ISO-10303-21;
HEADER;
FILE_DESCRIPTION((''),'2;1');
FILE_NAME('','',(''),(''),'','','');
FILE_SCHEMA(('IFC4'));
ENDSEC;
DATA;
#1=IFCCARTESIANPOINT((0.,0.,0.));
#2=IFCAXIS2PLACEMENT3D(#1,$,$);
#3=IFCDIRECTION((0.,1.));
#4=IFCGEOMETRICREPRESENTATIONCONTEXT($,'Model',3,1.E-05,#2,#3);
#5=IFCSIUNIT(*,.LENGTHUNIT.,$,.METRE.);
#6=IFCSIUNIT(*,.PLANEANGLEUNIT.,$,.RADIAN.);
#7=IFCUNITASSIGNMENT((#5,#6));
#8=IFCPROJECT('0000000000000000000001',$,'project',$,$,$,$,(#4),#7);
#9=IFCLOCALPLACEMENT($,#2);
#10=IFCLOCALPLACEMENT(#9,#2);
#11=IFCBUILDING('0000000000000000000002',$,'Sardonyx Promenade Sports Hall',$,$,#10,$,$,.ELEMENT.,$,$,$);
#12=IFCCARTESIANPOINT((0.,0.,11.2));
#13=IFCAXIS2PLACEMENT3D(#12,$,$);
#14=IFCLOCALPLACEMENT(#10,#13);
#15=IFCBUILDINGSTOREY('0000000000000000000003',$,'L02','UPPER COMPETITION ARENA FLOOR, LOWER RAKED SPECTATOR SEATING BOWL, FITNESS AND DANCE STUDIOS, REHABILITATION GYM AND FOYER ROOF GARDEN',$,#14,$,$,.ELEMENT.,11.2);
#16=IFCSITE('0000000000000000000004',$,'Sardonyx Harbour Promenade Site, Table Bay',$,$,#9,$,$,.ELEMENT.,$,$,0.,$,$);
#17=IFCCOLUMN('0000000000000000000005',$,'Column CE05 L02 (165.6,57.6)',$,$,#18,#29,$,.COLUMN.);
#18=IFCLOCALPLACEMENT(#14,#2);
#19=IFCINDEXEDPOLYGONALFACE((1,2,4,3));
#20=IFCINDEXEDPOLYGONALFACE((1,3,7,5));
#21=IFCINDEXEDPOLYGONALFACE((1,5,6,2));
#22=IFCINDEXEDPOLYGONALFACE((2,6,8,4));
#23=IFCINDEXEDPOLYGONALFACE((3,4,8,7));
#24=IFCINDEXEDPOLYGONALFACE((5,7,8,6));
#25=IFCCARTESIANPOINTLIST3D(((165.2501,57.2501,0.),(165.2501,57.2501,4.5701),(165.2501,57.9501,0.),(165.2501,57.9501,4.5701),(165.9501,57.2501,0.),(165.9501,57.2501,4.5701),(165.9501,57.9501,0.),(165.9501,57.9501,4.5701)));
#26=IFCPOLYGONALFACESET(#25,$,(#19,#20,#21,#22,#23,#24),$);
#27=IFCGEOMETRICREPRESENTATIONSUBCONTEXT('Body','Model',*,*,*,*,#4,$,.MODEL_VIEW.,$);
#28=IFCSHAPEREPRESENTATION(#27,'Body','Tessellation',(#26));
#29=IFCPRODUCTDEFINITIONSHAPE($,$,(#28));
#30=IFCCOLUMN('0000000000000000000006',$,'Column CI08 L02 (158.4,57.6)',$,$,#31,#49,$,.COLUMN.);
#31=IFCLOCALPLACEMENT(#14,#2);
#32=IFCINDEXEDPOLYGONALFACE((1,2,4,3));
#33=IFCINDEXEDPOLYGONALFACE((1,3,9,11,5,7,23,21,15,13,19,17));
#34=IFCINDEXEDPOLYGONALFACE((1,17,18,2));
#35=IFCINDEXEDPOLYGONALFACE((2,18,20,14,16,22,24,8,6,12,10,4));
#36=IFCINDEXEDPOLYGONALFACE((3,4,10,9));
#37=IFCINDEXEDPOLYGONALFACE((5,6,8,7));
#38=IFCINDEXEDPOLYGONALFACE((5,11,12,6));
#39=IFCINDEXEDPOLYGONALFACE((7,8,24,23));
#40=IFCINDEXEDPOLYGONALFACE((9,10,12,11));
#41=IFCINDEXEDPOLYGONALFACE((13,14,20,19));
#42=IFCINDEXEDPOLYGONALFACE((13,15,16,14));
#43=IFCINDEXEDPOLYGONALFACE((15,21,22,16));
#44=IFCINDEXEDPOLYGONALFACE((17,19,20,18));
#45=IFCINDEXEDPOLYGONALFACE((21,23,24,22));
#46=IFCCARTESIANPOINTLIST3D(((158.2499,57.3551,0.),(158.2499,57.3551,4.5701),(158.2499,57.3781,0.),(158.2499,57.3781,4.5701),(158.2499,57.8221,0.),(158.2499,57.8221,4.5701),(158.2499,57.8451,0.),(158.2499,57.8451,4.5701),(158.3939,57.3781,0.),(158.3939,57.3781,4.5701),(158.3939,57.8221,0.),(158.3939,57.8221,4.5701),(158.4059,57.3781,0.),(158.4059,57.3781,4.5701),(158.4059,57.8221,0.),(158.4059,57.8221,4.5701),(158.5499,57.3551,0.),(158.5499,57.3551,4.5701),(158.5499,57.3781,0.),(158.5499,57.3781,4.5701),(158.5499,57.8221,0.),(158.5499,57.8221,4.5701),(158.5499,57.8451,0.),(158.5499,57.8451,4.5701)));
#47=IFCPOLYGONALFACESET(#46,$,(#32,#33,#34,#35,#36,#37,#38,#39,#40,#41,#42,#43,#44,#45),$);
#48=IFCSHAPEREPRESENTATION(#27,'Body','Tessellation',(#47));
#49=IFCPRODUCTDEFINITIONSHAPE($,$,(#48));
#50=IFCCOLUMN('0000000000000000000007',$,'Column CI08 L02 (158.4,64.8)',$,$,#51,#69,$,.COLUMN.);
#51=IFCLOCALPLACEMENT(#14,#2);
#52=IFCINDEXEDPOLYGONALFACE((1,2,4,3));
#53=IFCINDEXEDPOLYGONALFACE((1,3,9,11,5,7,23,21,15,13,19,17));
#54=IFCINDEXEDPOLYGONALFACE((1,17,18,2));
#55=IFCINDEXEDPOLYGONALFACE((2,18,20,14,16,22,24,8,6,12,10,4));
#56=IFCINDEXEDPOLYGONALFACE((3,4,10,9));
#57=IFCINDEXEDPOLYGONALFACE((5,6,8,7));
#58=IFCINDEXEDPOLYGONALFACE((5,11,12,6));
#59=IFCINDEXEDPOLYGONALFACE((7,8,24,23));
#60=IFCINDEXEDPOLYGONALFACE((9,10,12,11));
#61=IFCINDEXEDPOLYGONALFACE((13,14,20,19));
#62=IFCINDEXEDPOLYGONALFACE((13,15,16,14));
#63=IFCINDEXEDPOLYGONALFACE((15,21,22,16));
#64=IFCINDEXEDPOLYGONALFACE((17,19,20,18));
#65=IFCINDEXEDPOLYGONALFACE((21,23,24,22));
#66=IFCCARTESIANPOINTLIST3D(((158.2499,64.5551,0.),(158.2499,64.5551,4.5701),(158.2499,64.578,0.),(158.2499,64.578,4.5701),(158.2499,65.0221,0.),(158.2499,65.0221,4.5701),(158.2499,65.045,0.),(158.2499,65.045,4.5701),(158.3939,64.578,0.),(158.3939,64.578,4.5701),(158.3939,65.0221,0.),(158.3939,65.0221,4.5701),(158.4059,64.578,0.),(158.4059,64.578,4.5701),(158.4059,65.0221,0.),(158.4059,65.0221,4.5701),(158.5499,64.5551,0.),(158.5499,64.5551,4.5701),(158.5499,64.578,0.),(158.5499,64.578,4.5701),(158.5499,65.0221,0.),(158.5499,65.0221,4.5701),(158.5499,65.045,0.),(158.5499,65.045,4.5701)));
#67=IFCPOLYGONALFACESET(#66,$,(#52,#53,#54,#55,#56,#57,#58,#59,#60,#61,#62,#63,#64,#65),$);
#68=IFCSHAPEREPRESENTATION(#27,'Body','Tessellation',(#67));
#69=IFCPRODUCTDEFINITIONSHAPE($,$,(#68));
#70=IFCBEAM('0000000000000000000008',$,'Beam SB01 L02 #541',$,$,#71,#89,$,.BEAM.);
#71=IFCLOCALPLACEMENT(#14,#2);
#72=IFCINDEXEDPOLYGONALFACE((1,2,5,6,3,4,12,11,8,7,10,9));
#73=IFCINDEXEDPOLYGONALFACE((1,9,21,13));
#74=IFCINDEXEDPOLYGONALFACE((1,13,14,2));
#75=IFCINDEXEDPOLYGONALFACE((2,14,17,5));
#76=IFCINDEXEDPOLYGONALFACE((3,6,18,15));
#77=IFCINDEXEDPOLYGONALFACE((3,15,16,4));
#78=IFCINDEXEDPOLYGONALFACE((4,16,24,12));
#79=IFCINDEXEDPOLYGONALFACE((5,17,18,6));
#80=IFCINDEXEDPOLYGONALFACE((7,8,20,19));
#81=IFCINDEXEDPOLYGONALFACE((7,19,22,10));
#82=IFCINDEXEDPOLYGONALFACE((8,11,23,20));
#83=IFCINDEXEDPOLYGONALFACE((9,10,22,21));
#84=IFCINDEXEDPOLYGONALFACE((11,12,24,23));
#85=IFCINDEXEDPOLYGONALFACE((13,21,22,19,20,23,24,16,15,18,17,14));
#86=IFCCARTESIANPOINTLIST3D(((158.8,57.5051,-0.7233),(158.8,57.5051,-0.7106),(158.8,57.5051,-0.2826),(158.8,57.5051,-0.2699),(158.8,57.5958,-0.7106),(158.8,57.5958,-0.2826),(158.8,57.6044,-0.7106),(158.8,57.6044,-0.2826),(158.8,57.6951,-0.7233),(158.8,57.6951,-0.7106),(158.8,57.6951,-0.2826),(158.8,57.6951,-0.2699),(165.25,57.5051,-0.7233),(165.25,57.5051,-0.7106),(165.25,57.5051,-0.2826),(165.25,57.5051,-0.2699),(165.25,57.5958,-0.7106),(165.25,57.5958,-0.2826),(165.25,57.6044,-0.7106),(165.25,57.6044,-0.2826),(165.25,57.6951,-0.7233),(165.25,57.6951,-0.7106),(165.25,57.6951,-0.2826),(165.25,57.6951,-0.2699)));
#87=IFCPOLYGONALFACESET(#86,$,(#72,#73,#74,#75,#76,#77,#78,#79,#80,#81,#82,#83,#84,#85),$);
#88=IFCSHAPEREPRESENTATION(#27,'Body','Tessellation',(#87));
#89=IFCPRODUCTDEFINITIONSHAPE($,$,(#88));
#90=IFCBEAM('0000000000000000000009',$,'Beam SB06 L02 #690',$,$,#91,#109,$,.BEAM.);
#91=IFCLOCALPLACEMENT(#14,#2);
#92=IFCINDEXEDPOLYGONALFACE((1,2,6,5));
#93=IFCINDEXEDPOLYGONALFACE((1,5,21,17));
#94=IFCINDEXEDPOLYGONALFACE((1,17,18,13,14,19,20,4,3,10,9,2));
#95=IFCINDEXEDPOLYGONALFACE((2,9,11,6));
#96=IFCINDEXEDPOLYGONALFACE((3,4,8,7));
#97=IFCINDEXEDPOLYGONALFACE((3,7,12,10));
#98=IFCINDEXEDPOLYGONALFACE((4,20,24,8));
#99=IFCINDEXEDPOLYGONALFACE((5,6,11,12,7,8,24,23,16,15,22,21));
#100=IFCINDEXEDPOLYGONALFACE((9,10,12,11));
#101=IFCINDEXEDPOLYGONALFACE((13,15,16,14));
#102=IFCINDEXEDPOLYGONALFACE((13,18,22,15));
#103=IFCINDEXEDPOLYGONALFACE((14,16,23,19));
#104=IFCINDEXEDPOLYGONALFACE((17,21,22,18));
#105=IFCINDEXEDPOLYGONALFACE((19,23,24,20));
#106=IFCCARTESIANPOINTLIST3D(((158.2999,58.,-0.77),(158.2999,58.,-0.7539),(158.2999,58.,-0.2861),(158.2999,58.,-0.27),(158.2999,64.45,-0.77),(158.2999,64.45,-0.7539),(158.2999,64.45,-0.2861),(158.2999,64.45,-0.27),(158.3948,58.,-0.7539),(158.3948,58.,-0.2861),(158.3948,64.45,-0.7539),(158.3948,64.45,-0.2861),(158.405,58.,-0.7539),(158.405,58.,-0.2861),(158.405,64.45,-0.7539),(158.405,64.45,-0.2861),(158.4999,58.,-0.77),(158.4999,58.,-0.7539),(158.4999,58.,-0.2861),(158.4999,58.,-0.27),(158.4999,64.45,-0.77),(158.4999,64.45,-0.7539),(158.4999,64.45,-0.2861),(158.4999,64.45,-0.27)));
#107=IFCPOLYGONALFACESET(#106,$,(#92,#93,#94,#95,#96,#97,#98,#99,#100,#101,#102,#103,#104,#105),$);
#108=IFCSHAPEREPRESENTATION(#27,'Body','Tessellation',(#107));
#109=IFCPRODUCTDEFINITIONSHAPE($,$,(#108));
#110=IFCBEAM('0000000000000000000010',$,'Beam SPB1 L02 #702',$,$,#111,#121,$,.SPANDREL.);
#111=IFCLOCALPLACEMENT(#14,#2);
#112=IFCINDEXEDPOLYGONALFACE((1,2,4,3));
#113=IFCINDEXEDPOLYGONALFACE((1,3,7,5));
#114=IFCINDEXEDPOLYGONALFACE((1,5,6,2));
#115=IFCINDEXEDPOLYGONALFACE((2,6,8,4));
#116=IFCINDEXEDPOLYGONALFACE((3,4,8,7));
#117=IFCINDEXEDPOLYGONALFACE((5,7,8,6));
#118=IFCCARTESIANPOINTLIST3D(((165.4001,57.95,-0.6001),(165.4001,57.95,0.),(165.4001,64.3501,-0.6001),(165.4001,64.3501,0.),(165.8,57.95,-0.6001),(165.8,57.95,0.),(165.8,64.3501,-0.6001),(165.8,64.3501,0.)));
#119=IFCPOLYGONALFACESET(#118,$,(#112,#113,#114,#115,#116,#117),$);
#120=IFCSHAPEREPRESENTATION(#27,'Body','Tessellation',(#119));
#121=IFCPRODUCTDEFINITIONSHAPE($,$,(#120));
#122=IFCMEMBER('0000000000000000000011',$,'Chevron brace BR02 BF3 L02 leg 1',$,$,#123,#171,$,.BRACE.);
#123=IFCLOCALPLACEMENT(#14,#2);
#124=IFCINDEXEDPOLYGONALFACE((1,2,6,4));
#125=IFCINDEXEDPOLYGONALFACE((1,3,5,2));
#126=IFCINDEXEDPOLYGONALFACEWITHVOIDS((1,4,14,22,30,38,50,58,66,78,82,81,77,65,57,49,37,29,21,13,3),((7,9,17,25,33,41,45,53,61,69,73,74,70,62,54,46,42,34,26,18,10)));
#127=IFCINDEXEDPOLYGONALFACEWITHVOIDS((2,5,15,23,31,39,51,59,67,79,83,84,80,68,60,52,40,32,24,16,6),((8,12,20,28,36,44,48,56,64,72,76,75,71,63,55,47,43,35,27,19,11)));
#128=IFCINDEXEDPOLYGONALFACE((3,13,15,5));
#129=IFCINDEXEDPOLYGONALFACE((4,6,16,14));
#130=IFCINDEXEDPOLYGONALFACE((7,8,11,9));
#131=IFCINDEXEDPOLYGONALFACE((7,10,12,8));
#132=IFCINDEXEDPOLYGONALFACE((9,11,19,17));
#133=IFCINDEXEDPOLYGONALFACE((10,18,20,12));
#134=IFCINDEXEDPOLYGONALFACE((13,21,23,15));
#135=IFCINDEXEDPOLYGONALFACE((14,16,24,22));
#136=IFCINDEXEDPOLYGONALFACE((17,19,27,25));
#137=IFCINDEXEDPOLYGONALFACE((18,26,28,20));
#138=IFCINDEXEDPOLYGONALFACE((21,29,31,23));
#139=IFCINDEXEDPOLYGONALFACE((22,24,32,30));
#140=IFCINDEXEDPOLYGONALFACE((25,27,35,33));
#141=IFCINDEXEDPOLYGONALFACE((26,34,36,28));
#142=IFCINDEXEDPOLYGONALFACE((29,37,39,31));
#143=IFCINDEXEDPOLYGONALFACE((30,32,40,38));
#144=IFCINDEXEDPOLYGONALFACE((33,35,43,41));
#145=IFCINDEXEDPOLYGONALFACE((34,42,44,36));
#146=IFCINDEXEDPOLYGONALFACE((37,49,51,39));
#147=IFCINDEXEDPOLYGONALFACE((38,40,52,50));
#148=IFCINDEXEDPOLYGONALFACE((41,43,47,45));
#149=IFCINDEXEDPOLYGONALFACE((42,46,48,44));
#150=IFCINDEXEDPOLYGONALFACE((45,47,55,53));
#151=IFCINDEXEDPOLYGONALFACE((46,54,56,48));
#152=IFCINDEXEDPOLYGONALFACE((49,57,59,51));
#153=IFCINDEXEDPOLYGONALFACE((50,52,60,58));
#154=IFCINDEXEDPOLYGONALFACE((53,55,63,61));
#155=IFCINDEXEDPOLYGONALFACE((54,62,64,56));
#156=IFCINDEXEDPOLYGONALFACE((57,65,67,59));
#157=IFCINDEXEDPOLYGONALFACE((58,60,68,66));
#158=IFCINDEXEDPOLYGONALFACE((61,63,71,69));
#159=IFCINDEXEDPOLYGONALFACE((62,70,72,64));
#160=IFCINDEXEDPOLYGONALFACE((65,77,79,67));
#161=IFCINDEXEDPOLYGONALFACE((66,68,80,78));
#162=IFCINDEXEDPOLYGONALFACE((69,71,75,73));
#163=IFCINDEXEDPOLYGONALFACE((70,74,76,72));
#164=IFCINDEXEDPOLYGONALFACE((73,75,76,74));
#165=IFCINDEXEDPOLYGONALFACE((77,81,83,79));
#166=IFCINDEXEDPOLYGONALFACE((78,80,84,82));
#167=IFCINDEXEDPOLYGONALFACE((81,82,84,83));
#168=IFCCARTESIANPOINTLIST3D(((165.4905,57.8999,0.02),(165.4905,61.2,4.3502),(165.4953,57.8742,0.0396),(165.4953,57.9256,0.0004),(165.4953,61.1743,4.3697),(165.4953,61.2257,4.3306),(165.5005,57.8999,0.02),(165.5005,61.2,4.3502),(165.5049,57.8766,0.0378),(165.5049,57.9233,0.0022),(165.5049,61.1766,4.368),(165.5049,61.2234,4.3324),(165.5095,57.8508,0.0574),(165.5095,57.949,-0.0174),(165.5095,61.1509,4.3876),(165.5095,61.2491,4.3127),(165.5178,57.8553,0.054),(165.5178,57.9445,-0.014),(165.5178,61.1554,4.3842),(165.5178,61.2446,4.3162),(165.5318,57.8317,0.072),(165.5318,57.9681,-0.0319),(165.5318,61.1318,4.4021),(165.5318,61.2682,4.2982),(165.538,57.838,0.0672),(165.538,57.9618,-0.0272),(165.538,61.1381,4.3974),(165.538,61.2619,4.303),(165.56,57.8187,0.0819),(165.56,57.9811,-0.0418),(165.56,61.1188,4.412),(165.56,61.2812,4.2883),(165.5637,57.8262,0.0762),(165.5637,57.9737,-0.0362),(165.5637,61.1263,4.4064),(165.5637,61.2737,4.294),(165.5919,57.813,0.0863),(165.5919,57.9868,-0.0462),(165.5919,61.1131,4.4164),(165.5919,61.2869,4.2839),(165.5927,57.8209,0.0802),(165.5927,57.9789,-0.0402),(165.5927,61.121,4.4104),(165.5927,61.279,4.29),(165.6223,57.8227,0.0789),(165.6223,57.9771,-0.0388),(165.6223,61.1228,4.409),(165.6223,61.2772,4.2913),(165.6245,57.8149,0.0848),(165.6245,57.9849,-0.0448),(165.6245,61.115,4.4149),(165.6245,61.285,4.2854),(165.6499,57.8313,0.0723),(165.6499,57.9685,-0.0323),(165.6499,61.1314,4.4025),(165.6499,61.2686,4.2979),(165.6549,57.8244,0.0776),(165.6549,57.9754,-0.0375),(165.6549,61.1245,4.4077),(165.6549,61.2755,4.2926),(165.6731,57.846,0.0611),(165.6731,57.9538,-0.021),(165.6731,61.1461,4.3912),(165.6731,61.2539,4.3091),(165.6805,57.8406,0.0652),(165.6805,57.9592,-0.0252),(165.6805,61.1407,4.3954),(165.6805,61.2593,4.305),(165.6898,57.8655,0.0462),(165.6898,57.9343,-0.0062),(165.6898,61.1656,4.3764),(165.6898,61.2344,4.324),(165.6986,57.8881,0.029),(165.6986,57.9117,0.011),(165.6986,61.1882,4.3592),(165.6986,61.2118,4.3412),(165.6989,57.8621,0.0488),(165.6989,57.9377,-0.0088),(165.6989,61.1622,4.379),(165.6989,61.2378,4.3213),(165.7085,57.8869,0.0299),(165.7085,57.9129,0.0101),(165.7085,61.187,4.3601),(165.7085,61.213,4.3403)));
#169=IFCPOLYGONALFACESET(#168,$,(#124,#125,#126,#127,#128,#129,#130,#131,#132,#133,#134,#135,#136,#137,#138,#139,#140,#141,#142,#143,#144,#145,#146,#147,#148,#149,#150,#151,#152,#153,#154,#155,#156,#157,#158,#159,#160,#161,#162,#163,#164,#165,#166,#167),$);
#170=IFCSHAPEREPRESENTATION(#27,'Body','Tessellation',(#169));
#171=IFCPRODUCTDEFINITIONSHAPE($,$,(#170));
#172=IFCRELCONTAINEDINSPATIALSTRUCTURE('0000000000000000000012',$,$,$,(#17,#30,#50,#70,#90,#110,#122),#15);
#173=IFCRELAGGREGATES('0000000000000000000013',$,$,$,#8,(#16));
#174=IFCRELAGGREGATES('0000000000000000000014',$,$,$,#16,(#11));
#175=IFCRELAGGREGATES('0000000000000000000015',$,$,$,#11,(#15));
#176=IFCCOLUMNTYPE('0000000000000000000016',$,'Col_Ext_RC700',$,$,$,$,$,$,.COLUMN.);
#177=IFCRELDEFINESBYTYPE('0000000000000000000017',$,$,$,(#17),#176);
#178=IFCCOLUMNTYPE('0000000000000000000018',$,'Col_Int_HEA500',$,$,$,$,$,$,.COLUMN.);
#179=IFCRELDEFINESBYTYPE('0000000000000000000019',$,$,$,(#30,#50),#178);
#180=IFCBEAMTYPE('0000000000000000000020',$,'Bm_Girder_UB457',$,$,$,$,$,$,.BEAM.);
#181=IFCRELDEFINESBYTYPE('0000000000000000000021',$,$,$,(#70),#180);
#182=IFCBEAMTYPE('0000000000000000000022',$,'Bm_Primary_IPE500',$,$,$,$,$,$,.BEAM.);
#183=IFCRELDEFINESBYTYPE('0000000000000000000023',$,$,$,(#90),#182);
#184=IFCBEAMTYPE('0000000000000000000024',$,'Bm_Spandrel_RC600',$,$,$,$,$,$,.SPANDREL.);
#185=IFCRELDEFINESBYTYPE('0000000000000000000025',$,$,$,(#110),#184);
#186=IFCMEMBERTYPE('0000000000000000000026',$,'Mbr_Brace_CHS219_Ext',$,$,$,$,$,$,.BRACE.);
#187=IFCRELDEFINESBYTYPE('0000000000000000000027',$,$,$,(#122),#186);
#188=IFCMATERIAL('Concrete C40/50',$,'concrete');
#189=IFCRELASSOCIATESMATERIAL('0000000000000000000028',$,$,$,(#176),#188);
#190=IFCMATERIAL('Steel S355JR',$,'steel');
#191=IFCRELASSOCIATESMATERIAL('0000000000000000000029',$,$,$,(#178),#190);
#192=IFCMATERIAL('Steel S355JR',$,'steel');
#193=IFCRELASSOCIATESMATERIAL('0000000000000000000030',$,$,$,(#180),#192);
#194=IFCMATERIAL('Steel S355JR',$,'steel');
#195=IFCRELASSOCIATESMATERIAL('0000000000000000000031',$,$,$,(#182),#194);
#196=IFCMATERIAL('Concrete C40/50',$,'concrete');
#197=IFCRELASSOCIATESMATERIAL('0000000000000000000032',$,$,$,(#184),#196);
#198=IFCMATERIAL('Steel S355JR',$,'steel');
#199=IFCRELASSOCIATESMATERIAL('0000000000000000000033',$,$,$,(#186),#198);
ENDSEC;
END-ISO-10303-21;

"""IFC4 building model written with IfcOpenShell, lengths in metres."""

from ifc_helpers import new_model, si_unit, direction, frame, origin, origin_2d, place, context, subcontext, project, spatial, rectangle, hollow_circle, i_section, extrude, material, material_profile, profile_set, type_object, element, save


model = new_model("IFC4")

# Units and contexts
model_context = context("Model", 3, precision=1e-05, world=origin(), true_north=direction((0.0, 1.0)))
body_context = subcontext(model_context, "Body", "Model", "MODEL_VIEW")
ifc_project = project(units=[si_unit("LENGTHUNIT", "METRE"), si_unit("PLANEANGLEUNIT", "RADIAN")], contexts=[model_context])

# Site, building, storey
site_placement = place(None, origin())
site = spatial("IfcSite", under=ifc_project, at=site_placement, Name="Sardonyx Harbour Promenade Site, Table Bay", CompositionType="ELEMENT", RefElevation=0.0)
building_placement = place(site_placement, origin())
building = spatial("IfcBuilding", under=site, at=building_placement, Name="Sardonyx Promenade Sports Hall", CompositionType="ELEMENT")
storey_placement = place(building_placement, frame((0.0, 0.0, 11.2)))
storey = spatial("IfcBuildingStorey", under=building, at=storey_placement, Name="L02", Description="UPPER COMPETITION ARENA FLOOR, LOWER RAKED SPECTATOR SEATING BOWL, FITNESS AND DANCE STUDIOS, REHABILITATION GYM AND FOYER ROOF GARDEN", CompositionType="ELEMENT", Elevation=11.2)

# Columns
ifc_material_1 = material(Name="Concrete C40/50", Category="concrete")
ifc_material_profile_1 = material_profile(ifc_material_1, rectangle(XDim=0.7, YDim=0.7, at=origin_2d()))
ifc_profile_set_1 = profile_set([ifc_material_profile_1], Name="Concrete C40/50")
column_type_1 = type_object("IfcColumnType", Name="Col_Ext_RC700", PredefinedType="COLUMN", material=ifc_profile_set_1)
column_placement = place(storey_placement, frame((165.6001, 57.6001, 0.0), z_axis=(0.0, 0.0, 1.0), x_axis=(1.0, 0.0, 0.0)))
element("IfcColumn", 1, at=column_placement, inside=storey, type_object=column_type_1, Name="Column CE05 L02 (165.6,57.6)", PredefinedType="COLUMN", context=body_context, shape_type="SweptSolid", body=[
    extrude(rectangle(XDim=0.7, YDim=0.7, at=origin_2d()), origin(), (0.0, 0.0, 1.0), 4.5701),
])
ifc_material_2 = material(Name="Steel S355JR", Category="steel")
ifc_material_profile_2 = material_profile(ifc_material_2, i_section(OverallWidth=0.3, OverallDepth=0.49, WebThickness=0.012, FlangeThickness=0.0229, at=origin_2d()))
ifc_profile_set_2 = profile_set([ifc_material_profile_2], Name="Steel S355JR")
column_type_2 = type_object("IfcColumnType", Name="Col_Int_HEA500", PredefinedType="COLUMN", material=ifc_profile_set_2)
for number, where, z_axis, x_axis, name in (
    (2, (158.3999, 57.6001, 0.0), (0.0, 0.0, 1.0), (1.0, 0.0, 0.0), "Column CI08 L02 (158.4,57.6)"),
    (3, (158.3999, 64.8, 0.0), (0.0, 0.0, 1.0), (1.0, 0.0, 0.0), "Column CI08 L02 (158.4,64.8)"),
):
    element("IfcColumn", number, at=place(storey_placement, frame(where, z_axis=z_axis, x_axis=x_axis)), inside=storey, type_object=column_type_2, Name=name, PredefinedType="COLUMN", context=body_context, shape_type="SweptSolid", body=[
        extrude(i_section(OverallWidth=0.3, OverallDepth=0.49, WebThickness=0.012, FlangeThickness=0.0229, at=origin_2d()), origin(), (0.0, 0.0, 1.0), 4.5701),
    ])

# Beams
ifc_material_3 = material(Name="Steel S355JR", Category="steel")
ifc_material_profile_3 = material_profile(ifc_material_3, i_section(OverallWidth=0.1899, OverallDepth=0.4534, WebThickness=0.0085, FlangeThickness=0.0127, at=origin_2d()))
ifc_profile_set_3 = profile_set([ifc_material_profile_3], Name="Steel S355JR")
beam_type_1 = type_object("IfcBeamType", Name="Bm_Girder_UB457", PredefinedType="BEAM", material=ifc_profile_set_3)
beam_1_placement = place(storey_placement, frame((158.8, 57.6001, -0.4966), z_axis=(1.0, 0.0, 0.0), x_axis=(0.0, 1.0, 0.0)))
element("IfcBeam", 4, at=beam_1_placement, inside=storey, type_object=beam_type_1, Name="Beam SB01 L02 #541", PredefinedType="BEAM", context=body_context, shape_type="SweptSolid", body=[
    extrude(i_section(OverallWidth=0.1899, OverallDepth=0.4534, WebThickness=0.0085, FlangeThickness=0.0127, at=origin_2d()), origin(), (0.0, 0.0, 1.0), 6.45),
])
ifc_material_4 = material(Name="Steel S355JR", Category="steel")
ifc_material_profile_4 = material_profile(ifc_material_4, i_section(OverallWidth=0.2, OverallDepth=0.5, WebThickness=0.0103, FlangeThickness=0.0161, at=origin_2d()))
ifc_profile_set_4 = profile_set([ifc_material_profile_4], Name="Steel S355JR")
beam_type_2 = type_object("IfcBeamType", Name="Bm_Primary_IPE500", PredefinedType="BEAM", material=ifc_profile_set_4)
beam_2_placement = place(storey_placement, frame((158.3999, 58.0, -0.52), z_axis=(0.0, 1.0, 0.0), x_axis=(-1.0, 0.0, 0.0)))
element("IfcBeam", 5, at=beam_2_placement, inside=storey, type_object=beam_type_2, Name="Beam SB06 L02 #690", PredefinedType="BEAM", context=body_context, shape_type="SweptSolid", body=[
    extrude(i_section(OverallWidth=0.2, OverallDepth=0.5, WebThickness=0.0103, FlangeThickness=0.0161, at=origin_2d()), origin(), (0.0, 0.0, 1.0), 6.45),
])
ifc_material_5 = material(Name="Concrete C40/50", Category="concrete")
ifc_material_profile_5 = material_profile(ifc_material_5, rectangle(XDim=0.3999, YDim=0.6001, at=origin_2d()))
ifc_profile_set_5 = profile_set([ifc_material_profile_5], Name="Concrete C40/50")
beam_type_3 = type_object("IfcBeamType", Name="Bm_Spandrel_RC600", PredefinedType="SPANDREL", material=ifc_profile_set_5)
beam_3_placement = place(storey_placement, frame((165.6001, 57.95, -0.3), z_axis=(0.0, 1.0, 0.0), x_axis=(-1.0, 0.0, 0.0)))
element("IfcBeam", 6, at=beam_3_placement, inside=storey, type_object=beam_type_3, Name="Beam SPB1 L02 #702", PredefinedType="SPANDREL", context=body_context, shape_type="SweptSolid", body=[
    extrude(rectangle(XDim=0.3999, YDim=0.6001, at=origin_2d()), origin(), (0.0, 0.0, 1.0), 6.4001),
])

# Member
ifc_material_6 = material(Name="Steel S355JR", Category="steel")
ifc_material_profile_6 = material_profile(ifc_material_6, hollow_circle(Radius=0.1096, WallThickness=0.01, at=origin_2d()))
ifc_profile_set_6 = profile_set([ifc_material_profile_6], Name="Steel S355JR")
member_type = type_object("IfcMemberType", Name="Mbr_Brace_CHS219_Ext", PredefinedType="BRACE", material=ifc_profile_set_6)
for number, where, z_axis, x_axis, name in (
    (7, (165.6001, 57.8999, 0.02), (0.0, 0.606153, 0.795348), (-1.0, 0.0, 0.0), "Chevron brace BR02 BF3 L02 leg 1"),
):
    element("IfcMember", number, at=place(storey_placement, frame(where, z_axis=z_axis, x_axis=x_axis)), inside=storey, type_object=member_type, Name=name, PredefinedType="BRACE", context=body_context, shape_type="SweptSolid", body=[
        extrude(hollow_circle(Radius=0.1096, WallThickness=0.01, at=origin_2d()), origin(), (0.0, 0.0, 1.0), 5.4443),
    ])

save(model, "model.ifc")
